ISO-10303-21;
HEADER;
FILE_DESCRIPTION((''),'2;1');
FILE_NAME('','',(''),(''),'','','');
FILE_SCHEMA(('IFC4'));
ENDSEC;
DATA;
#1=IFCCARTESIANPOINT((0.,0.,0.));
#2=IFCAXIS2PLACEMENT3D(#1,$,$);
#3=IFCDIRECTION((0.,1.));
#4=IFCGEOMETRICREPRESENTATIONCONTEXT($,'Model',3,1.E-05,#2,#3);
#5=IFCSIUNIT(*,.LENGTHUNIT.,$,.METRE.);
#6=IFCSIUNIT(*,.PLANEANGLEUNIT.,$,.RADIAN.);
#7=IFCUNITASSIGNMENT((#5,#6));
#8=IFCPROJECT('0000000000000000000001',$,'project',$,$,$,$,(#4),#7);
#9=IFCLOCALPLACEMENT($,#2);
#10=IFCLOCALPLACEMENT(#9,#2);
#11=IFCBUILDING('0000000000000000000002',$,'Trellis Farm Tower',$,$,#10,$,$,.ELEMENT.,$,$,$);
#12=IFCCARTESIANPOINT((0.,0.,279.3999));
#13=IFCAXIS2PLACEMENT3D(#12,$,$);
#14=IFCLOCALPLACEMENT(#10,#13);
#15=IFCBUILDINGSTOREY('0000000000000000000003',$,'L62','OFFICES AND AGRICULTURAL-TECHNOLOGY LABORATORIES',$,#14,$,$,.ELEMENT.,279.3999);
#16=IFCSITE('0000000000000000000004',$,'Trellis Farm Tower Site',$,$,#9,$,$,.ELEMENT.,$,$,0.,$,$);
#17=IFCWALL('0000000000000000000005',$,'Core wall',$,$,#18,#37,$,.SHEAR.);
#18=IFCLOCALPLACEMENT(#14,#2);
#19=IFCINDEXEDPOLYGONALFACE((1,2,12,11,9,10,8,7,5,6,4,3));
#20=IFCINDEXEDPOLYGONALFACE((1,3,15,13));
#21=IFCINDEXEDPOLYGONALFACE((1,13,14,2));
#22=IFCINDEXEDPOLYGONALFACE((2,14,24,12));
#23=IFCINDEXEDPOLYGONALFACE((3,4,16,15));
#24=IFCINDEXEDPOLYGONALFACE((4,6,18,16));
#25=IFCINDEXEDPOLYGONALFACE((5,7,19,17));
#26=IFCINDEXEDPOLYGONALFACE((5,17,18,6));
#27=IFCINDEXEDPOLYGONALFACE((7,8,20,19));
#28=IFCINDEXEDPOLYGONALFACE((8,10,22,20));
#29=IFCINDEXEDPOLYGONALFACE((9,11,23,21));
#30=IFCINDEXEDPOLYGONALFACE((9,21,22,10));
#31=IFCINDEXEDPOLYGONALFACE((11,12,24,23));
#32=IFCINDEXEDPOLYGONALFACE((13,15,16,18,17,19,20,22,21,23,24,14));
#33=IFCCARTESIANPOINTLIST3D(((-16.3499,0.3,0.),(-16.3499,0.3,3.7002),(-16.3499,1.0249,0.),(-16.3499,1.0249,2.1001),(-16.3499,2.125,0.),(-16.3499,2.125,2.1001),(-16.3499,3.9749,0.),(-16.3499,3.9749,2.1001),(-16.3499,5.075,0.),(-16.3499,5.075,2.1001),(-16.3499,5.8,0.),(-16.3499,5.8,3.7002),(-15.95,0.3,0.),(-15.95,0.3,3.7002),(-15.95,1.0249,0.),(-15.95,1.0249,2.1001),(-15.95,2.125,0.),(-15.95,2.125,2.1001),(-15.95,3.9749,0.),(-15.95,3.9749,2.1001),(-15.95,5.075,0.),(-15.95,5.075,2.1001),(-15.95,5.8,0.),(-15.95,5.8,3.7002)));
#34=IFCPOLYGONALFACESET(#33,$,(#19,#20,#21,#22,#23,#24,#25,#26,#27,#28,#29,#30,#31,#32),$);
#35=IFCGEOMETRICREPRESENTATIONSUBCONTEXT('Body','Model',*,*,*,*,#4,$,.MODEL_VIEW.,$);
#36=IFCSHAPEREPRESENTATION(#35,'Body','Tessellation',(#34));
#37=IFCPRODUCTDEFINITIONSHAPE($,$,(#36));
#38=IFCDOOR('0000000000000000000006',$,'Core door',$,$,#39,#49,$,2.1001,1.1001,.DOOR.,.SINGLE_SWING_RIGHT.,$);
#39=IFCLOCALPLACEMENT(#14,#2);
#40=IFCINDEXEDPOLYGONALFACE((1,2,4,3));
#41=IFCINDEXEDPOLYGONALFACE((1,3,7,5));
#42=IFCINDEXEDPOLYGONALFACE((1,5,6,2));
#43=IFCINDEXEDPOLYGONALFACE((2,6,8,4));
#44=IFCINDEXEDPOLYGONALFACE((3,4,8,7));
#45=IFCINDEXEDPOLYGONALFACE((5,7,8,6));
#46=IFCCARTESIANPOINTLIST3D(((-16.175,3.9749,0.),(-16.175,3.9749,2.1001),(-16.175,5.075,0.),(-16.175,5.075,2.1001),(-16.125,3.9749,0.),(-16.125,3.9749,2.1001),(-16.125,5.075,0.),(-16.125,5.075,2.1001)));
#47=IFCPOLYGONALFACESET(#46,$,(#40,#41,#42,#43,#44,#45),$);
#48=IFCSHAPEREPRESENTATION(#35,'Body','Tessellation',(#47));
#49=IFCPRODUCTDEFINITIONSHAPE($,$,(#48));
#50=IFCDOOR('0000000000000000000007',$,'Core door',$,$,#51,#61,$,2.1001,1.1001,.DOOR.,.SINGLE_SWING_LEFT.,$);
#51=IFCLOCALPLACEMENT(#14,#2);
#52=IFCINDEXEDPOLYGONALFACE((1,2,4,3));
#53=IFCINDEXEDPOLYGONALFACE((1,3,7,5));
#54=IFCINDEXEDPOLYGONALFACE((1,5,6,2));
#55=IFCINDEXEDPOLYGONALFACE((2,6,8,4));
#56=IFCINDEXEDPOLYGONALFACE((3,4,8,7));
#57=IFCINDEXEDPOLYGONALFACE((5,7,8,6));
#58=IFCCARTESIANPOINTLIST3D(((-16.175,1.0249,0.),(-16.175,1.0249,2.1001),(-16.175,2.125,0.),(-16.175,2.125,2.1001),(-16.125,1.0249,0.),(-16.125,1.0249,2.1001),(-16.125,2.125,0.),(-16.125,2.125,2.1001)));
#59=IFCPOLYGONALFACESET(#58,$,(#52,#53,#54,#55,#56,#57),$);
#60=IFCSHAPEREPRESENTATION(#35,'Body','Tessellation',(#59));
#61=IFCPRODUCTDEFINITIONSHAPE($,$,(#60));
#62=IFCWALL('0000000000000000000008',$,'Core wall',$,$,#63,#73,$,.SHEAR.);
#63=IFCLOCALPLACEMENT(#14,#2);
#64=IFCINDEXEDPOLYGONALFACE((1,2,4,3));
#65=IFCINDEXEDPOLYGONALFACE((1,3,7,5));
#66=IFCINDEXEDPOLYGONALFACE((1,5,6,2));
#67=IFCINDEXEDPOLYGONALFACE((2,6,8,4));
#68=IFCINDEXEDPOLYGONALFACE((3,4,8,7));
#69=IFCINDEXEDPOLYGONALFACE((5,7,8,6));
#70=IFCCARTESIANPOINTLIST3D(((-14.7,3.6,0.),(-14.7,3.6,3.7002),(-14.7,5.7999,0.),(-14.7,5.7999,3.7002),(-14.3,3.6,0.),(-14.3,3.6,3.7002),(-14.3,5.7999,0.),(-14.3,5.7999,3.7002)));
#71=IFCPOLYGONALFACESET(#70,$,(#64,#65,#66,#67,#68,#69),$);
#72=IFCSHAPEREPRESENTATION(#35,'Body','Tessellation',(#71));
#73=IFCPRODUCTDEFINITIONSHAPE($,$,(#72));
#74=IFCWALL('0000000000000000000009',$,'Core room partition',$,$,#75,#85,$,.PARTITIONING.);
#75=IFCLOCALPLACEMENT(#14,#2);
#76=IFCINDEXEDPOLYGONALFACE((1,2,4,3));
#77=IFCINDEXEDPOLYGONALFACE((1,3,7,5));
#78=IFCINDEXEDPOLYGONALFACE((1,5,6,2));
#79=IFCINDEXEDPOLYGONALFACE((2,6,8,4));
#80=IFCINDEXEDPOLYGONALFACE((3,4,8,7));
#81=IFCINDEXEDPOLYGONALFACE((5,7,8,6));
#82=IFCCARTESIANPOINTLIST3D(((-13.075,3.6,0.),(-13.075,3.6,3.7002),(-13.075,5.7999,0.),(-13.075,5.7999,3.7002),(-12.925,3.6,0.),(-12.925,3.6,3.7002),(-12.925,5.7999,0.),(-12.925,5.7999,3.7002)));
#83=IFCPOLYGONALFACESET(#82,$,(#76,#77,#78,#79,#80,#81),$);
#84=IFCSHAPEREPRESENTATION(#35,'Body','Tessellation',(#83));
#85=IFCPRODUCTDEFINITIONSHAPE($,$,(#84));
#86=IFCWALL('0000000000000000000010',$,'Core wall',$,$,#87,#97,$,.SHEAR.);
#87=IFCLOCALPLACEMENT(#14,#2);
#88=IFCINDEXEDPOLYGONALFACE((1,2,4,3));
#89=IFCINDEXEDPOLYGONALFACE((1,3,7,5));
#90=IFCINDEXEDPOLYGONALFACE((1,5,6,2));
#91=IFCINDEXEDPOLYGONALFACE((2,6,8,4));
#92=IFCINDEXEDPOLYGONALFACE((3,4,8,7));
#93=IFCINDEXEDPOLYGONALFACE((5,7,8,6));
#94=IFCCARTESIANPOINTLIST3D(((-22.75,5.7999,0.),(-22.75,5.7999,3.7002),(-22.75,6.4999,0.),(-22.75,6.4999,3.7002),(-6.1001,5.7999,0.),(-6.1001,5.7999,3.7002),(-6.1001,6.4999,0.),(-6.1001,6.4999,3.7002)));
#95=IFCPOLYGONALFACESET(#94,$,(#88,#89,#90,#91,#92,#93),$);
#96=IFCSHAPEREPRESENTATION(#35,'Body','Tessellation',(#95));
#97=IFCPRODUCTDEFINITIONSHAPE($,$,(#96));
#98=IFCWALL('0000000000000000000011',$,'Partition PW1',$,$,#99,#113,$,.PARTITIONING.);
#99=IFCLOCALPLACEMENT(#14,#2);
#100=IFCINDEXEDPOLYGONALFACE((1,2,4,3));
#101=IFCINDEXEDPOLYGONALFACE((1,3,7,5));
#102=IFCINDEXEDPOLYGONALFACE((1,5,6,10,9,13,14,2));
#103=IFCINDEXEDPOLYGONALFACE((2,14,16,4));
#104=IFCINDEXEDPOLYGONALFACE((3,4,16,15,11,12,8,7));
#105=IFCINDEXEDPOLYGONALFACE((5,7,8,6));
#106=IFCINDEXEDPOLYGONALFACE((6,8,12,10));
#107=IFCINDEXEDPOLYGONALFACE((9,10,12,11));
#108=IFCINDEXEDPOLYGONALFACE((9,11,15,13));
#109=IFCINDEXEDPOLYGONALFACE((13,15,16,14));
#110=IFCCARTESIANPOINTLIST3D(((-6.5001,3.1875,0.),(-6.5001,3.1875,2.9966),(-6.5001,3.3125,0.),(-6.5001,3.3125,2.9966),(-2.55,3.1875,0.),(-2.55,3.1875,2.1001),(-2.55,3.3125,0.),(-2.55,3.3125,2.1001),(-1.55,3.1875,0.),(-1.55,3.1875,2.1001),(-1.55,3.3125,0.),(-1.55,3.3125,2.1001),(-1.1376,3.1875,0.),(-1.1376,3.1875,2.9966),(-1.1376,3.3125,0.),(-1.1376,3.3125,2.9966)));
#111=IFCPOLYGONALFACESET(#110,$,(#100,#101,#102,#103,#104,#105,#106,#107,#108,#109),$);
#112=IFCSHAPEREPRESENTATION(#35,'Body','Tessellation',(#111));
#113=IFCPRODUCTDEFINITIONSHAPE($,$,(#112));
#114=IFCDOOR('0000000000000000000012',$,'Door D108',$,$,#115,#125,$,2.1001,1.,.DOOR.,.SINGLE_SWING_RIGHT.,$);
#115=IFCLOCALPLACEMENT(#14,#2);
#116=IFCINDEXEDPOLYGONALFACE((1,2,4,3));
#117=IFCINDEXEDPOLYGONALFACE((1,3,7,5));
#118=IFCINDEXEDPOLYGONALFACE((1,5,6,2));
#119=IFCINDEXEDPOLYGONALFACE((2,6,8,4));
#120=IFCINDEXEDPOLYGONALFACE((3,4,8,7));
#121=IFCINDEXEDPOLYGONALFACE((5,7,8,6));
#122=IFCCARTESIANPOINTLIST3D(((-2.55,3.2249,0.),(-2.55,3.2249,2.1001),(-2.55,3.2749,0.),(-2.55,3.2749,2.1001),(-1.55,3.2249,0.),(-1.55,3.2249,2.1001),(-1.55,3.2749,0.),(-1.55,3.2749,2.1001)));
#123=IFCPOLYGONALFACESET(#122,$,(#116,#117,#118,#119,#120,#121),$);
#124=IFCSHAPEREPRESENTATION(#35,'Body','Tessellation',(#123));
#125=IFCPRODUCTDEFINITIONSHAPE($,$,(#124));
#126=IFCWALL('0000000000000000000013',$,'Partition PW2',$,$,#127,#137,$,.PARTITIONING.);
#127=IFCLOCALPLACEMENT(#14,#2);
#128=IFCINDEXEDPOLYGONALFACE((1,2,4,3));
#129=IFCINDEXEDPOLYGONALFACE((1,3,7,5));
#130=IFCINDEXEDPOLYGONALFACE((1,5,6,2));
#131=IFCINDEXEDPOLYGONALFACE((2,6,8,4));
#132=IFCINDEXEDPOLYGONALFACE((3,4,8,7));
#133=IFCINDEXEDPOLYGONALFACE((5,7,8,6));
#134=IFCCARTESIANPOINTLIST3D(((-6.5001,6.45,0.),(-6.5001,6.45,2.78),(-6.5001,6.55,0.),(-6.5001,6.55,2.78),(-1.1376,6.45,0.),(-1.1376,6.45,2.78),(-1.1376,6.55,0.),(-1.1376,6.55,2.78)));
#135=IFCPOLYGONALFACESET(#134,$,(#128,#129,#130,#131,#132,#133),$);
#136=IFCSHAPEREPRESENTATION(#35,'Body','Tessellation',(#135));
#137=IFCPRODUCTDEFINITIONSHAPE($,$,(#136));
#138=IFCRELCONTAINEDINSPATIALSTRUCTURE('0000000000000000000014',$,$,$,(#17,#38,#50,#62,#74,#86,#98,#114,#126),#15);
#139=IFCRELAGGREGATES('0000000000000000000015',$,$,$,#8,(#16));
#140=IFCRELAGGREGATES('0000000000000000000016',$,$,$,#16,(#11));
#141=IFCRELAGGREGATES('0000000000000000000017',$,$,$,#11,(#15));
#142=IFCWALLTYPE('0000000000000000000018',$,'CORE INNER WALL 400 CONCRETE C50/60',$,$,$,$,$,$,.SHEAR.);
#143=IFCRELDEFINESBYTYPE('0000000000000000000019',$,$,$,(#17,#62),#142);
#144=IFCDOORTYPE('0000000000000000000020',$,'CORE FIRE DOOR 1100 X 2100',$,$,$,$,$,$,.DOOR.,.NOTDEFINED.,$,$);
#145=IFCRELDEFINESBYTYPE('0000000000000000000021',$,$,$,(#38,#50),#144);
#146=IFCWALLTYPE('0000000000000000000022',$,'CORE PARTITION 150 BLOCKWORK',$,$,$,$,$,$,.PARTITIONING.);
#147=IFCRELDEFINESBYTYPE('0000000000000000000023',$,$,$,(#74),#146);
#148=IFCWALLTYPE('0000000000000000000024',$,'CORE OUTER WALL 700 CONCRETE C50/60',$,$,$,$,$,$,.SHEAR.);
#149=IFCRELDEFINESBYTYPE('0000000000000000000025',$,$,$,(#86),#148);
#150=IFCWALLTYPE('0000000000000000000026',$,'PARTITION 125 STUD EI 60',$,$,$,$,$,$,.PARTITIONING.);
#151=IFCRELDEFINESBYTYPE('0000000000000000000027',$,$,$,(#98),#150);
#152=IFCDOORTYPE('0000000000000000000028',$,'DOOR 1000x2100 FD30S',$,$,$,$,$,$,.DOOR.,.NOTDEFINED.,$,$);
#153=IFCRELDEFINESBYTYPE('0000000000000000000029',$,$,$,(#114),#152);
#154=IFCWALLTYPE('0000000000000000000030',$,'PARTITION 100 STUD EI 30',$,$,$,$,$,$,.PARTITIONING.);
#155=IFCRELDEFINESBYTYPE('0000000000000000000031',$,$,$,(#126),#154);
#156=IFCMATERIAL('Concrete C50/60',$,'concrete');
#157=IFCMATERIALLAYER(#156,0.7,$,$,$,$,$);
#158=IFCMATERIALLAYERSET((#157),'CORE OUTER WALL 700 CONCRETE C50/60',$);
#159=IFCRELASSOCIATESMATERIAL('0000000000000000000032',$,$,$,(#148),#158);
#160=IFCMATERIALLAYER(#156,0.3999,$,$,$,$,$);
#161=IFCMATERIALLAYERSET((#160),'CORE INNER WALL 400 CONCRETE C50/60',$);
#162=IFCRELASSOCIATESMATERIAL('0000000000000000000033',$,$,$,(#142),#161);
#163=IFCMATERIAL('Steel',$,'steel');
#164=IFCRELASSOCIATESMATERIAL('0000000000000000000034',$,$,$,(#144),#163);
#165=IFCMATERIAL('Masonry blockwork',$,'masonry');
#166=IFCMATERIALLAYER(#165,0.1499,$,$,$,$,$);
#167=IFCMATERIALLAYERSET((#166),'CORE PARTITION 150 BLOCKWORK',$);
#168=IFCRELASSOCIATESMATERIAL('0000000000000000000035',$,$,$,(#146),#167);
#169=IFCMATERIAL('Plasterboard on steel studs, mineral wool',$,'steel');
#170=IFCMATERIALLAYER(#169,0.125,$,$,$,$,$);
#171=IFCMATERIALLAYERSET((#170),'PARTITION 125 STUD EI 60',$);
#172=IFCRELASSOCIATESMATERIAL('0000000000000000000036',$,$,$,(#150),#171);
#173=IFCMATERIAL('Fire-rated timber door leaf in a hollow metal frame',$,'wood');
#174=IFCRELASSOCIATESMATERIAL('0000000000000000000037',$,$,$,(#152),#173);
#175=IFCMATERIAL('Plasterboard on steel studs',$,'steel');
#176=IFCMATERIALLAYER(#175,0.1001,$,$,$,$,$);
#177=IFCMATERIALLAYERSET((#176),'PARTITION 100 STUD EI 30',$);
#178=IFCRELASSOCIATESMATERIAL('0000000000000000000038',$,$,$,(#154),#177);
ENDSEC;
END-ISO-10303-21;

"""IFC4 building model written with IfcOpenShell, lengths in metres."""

from ifc_helpers import new_model, si_unit, direction, frame, frame_2d, origin, place, context, subcontext, project, spatial, rectangle, extrude, source, transform, mapped, material, layer, layer_set, type_object, element, fill, save


model = new_model("IFC4")

# Units and contexts
model_context = context("Model", 3, precision=1e-05, world=origin(), true_north=direction((0.0, 1.0)))
body_context = subcontext(model_context, "Body", "Model", "MODEL_VIEW")
ifc_project = project(units=[si_unit("LENGTHUNIT", "METRE"), si_unit("PLANEANGLEUNIT", "RADIAN")], contexts=[model_context])

# Site, building, storey
site_placement = place(None, origin())
site = spatial("IfcSite", under=ifc_project, at=site_placement, Name="Trellis Farm Tower Site", CompositionType="ELEMENT", RefElevation=0.0)
building_placement = place(site_placement, origin())
building = spatial("IfcBuilding", under=site, at=building_placement, Name="Trellis Farm Tower", CompositionType="ELEMENT")
storey_placement = place(building_placement, frame((0.0, 0.0, 279.3999)))
storey = spatial("IfcBuildingStorey", under=building, at=storey_placement, Name="L62", Description="OFFICES AND AGRICULTURAL-TECHNOLOGY LABORATORIES", CompositionType="ELEMENT", Elevation=279.3999)

# Shared definitions
ifc_material_1 = material(Name="Concrete C50/60", Category="concrete")
ifc_layer_1 = layer(ifc_material_1, 0.7)
ifc_layer_set_1 = layer_set([ifc_layer_1], Name="CORE OUTER WALL 700 CONCRETE C50/60")
wall_type_1 = type_object("IfcWallType", Name="CORE OUTER WALL 700 CONCRETE C50/60", PredefinedType="SHEAR", material=ifc_layer_set_1)
ifc_material_2 = material(Name="Steel", Category="steel")

# Shared definitions
ifc_layer_2 = layer(ifc_material_1, 0.3999)
ifc_layer_set_2 = layer_set([ifc_layer_2], Name="CORE INNER WALL 400 CONCRETE C50/60")
wall_type_2 = type_object("IfcWallType", Name="CORE INNER WALL 400 CONCRETE C50/60", PredefinedType="SHEAR", material=ifc_layer_set_2)
shared_shape_1 = source(origin(), body_context, "Body", "SweptSolid", [
    extrude(rectangle(XDim=1.0, YDim=2.1001, at=frame_2d((0.5, 1.05))), frame((0.0, 0.0249, 0.0), z_axis=(0.0, -1.0, 0.0), x_axis=(1.0, 0.0, 0.0)), (0.0, 0.0, 1.0), 0.05),
])

# Wall, openings, doors
shared_shape_2 = source(origin(), body_context, "Body", "SweptSolid", [
    extrude(rectangle(XDim=5.5, YDim=0.3999, at=frame_2d((2.75, 0.0))), origin(), (0.0, 0.0, 1.0), 3.7002),
])
wall_1_placement = place(storey_placement, frame((-16.1499, 5.8, 0.0), z_axis=(0.0, 0.0, 1.0), x_axis=(0.0, -1.0, 0.0)))
wall_1 = element("IfcWall", 1, at=wall_1_placement, inside=storey, type_object=wall_type_2, Name="Core wall", PredefinedType="SHEAR", context=body_context, shape_type="MappedRepresentation", body=[
    mapped(shared_shape_2, transform((0.0, 0.0, 0.0))),
])
shared_shape_3 = source(origin(), body_context, "Body", "SweptSolid", [
    extrude(rectangle(XDim=1.1001, YDim=2.1001, at=frame_2d((0.55, 1.05))), frame((0.0, 0.21, 0.0), z_axis=(0.0, -1.0, 0.0), x_axis=(1.0, 0.0, 0.0)), (0.0, 0.0, 1.0), 0.4199),
])
opening_1_placement = place(wall_1_placement, frame((0.7251, 0.0, 0.0)))
opening_1 = element("IfcOpeningElement", 2, at=opening_1_placement, cuts=wall_1, PredefinedType="OPENING", context=body_context, shape_type="MappedRepresentation", body=[
    mapped(shared_shape_3, transform((0.0, 0.0, 0.0))),
])
opening_2_placement = place(wall_1_placement, frame((3.675, 0.0, 0.0)))
opening_2 = element("IfcOpeningElement", 3, at=opening_2_placement, cuts=wall_1, PredefinedType="OPENING", context=body_context, shape_type="MappedRepresentation", body=[
    mapped(shared_shape_3, transform((0.0, 0.0, 0.0))),
])
door_type_1 = type_object("IfcDoorType", Name="CORE FIRE DOOR 1100 X 2100", OperationType="NOTDEFINED", PredefinedType="DOOR", material=ifc_material_2)
shared_shape_4 = source(origin(), body_context, "Body", "SweptSolid", [
    extrude(rectangle(XDim=1.1001, YDim=2.1001, at=frame_2d((0.55, 1.05))), frame((0.0, 0.0249, 0.0), z_axis=(0.0, -1.0, 0.0), x_axis=(1.0, 0.0, 0.0)), (0.0, 0.0, 1.0), 0.05),
])
door_1_placement = place(opening_1_placement, origin())
door_1 = element("IfcDoor", 4, at=door_1_placement, inside=storey, type_object=door_type_1, Name="Core door", OperationType="SINGLE_SWING_RIGHT", OverallHeight=2.1001, OverallWidth=1.1001, PredefinedType="DOOR", context=body_context, shape_type="MappedRepresentation", body=[
    mapped(shared_shape_4, transform((0.0, 0.0, 0.0))),
])
fill(opening_1, door_1)
door_2_placement = place(opening_2_placement, origin())
door_2 = element("IfcDoor", 5, at=door_2_placement, inside=storey, type_object=door_type_1, Name="Core door", OperationType="SINGLE_SWING_LEFT", OverallHeight=2.1001, OverallWidth=1.1001, PredefinedType="DOOR", context=body_context, shape_type="MappedRepresentation", body=[
    mapped(shared_shape_4, transform((0.0, 0.0, 0.0))),
])
fill(opening_2, door_2)

# Walls
shared_shape_5 = source(origin(), body_context, "Body", "SweptSolid", [
    extrude(rectangle(XDim=2.2, YDim=0.3999, at=frame_2d((1.1001, 0.0))), origin(), (0.0, 0.0, 1.0), 3.7002),
])
wall_2_placement = place(storey_placement, frame((-14.5, 5.8, 0.0), z_axis=(0.0, 0.0, 1.0), x_axis=(0.0, -1.0, 0.0)))
element("IfcWall", 6, at=wall_2_placement, inside=storey, type_object=wall_type_2, Name="Core wall", PredefinedType="SHEAR", context=body_context, shape_type="MappedRepresentation", body=[
    mapped(shared_shape_5, transform((0.0, 0.0, 0.0))),
])
ifc_material_3 = material(Name="Masonry blockwork", Category="masonry")
ifc_layer_3 = layer(ifc_material_3, 0.1499)
ifc_layer_set_3 = layer_set([ifc_layer_3], Name="CORE PARTITION 150 BLOCKWORK")
wall_type_3 = type_object("IfcWallType", Name="CORE PARTITION 150 BLOCKWORK", PredefinedType="PARTITIONING", material=ifc_layer_set_3)
shared_shape_6 = source(origin(), body_context, "Body", "SweptSolid", [
    extrude(rectangle(XDim=2.2, YDim=0.1499, at=frame_2d((1.1001, 0.0))), origin(), (0.0, 0.0, 1.0), 3.7002),
])
wall_3_placement = place(storey_placement, frame((-13.0, 5.8, 0.0), z_axis=(0.0, 0.0, 1.0), x_axis=(0.0, -1.0, 0.0)))
element("IfcWall", 7, at=wall_3_placement, inside=storey, type_object=wall_type_3, Name="Core room partition", PredefinedType="PARTITIONING", context=body_context, shape_type="MappedRepresentation", body=[
    mapped(shared_shape_6, transform((0.0, 0.0, 0.0))),
])
shared_shape_7 = source(origin(), body_context, "Body", "SweptSolid", [
    extrude(rectangle(XDim=16.6499, YDim=0.7, at=frame_2d((8.325, 0.0))), origin(), (0.0, 0.0, 1.0), 3.7002),
])
wall_4_placement = place(storey_placement, frame((-6.1001, 6.1499, 0.0), z_axis=(0.0, 0.0, 1.0), x_axis=(-1.0, 0.0, 0.0)))
element("IfcWall", 8, at=wall_4_placement, inside=storey, type_object=wall_type_1, Name="Core wall", PredefinedType="SHEAR", context=body_context, shape_type="MappedRepresentation", body=[
    mapped(shared_shape_7, transform((0.0, 0.0, 0.0))),
])

# Wall, opening, door
ifc_material_4 = material(Name="Plasterboard on steel studs, mineral wool", Category="steel")
ifc_layer_4 = layer(ifc_material_4, 0.125)
ifc_layer_set_4 = layer_set([ifc_layer_4], Name="PARTITION 125 STUD EI 60")
wall_type_4 = type_object("IfcWallType", Name="PARTITION 125 STUD EI 60", PredefinedType="PARTITIONING", material=ifc_layer_set_4)
shared_shape_8 = source(origin(), body_context, "Body", "SweptSolid", [
    extrude(rectangle(XDim=5.3625, YDim=0.125, at=frame_2d((2.6812, 0.0))), origin(), (0.0, 0.0, 1.0), 2.9966),
])
wall_5_placement = place(storey_placement, frame((-6.5, 3.25, 0.0), z_axis=(0.0, 0.0, 1.0), x_axis=(1.0, 0.0, 0.0)))
wall_5 = element("IfcWall", 9, at=wall_5_placement, inside=storey, type_object=wall_type_4, Name="Partition PW1", PredefinedType="PARTITIONING", context=body_context, shape_type="MappedRepresentation", body=[
    mapped(shared_shape_8, transform((0.0, 0.0, 0.0))),
])
shared_shape_9 = source(origin(), body_context, "Body", "SweptSolid", [
    extrude(rectangle(XDim=1.0, YDim=2.1001, at=frame_2d((0.5, 1.05))), frame((0.0, 0.0725, 0.0), z_axis=(0.0, -1.0, 0.0), x_axis=(1.0, 0.0, 0.0)), (0.0, 0.0, 1.0), 0.145),
])
opening_3_placement = place(wall_5_placement, frame((3.95, 0.0, 0.0)))
opening_3 = element("IfcOpeningElement", 10, at=opening_3_placement, cuts=wall_5, PredefinedType="OPENING", context=body_context, shape_type="MappedRepresentation", body=[
    mapped(shared_shape_9, transform((0.0, 0.0, 0.0))),
])
ifc_material_5 = material(Name="Fire-rated timber door leaf in a hollow metal frame", Category="wood")
door_type_2 = type_object("IfcDoorType", Name="DOOR 1000x2100 FD30S", OperationType="NOTDEFINED", PredefinedType="DOOR", material=ifc_material_5)
door_3_placement = place(opening_3_placement, origin())
door_3 = element("IfcDoor", 11, at=door_3_placement, inside=storey, type_object=door_type_2, Name="Door D108", OperationType="SINGLE_SWING_RIGHT", OverallHeight=2.1001, OverallWidth=1.0, PredefinedType="DOOR", context=body_context, shape_type="MappedRepresentation", body=[
    mapped(shared_shape_1, transform((0.0, 0.0, 0.0))),
])
fill(opening_3, door_3)

# Wall
ifc_material_6 = material(Name="Plasterboard on steel studs", Category="steel")
ifc_layer_5 = layer(ifc_material_6, 0.1001)
ifc_layer_set_5 = layer_set([ifc_layer_5], Name="PARTITION 100 STUD EI 30")
wall_type_5 = type_object("IfcWallType", Name="PARTITION 100 STUD EI 30", PredefinedType="PARTITIONING", material=ifc_layer_set_5)
shared_shape_10 = source(origin(), body_context, "Body", "SweptSolid", [
    extrude(rectangle(XDim=5.3625, YDim=0.1001, at=frame_2d((2.6812, 0.0))), origin(), (0.0, 0.0, 1.0), 2.78),
])
wall_6_placement = place(storey_placement, frame((-6.5, 6.5, 0.0), z_axis=(0.0, 0.0, 1.0), x_axis=(1.0, 0.0, 0.0)))
element("IfcWall", 12, at=wall_6_placement, inside=storey, type_object=wall_type_5, Name="Partition PW2", PredefinedType="PARTITIONING", context=body_context, shape_type="MappedRepresentation", body=[
    mapped(shared_shape_10, transform((0.0, 0.0, 0.0))),
])

save(model, "model.ifc")
